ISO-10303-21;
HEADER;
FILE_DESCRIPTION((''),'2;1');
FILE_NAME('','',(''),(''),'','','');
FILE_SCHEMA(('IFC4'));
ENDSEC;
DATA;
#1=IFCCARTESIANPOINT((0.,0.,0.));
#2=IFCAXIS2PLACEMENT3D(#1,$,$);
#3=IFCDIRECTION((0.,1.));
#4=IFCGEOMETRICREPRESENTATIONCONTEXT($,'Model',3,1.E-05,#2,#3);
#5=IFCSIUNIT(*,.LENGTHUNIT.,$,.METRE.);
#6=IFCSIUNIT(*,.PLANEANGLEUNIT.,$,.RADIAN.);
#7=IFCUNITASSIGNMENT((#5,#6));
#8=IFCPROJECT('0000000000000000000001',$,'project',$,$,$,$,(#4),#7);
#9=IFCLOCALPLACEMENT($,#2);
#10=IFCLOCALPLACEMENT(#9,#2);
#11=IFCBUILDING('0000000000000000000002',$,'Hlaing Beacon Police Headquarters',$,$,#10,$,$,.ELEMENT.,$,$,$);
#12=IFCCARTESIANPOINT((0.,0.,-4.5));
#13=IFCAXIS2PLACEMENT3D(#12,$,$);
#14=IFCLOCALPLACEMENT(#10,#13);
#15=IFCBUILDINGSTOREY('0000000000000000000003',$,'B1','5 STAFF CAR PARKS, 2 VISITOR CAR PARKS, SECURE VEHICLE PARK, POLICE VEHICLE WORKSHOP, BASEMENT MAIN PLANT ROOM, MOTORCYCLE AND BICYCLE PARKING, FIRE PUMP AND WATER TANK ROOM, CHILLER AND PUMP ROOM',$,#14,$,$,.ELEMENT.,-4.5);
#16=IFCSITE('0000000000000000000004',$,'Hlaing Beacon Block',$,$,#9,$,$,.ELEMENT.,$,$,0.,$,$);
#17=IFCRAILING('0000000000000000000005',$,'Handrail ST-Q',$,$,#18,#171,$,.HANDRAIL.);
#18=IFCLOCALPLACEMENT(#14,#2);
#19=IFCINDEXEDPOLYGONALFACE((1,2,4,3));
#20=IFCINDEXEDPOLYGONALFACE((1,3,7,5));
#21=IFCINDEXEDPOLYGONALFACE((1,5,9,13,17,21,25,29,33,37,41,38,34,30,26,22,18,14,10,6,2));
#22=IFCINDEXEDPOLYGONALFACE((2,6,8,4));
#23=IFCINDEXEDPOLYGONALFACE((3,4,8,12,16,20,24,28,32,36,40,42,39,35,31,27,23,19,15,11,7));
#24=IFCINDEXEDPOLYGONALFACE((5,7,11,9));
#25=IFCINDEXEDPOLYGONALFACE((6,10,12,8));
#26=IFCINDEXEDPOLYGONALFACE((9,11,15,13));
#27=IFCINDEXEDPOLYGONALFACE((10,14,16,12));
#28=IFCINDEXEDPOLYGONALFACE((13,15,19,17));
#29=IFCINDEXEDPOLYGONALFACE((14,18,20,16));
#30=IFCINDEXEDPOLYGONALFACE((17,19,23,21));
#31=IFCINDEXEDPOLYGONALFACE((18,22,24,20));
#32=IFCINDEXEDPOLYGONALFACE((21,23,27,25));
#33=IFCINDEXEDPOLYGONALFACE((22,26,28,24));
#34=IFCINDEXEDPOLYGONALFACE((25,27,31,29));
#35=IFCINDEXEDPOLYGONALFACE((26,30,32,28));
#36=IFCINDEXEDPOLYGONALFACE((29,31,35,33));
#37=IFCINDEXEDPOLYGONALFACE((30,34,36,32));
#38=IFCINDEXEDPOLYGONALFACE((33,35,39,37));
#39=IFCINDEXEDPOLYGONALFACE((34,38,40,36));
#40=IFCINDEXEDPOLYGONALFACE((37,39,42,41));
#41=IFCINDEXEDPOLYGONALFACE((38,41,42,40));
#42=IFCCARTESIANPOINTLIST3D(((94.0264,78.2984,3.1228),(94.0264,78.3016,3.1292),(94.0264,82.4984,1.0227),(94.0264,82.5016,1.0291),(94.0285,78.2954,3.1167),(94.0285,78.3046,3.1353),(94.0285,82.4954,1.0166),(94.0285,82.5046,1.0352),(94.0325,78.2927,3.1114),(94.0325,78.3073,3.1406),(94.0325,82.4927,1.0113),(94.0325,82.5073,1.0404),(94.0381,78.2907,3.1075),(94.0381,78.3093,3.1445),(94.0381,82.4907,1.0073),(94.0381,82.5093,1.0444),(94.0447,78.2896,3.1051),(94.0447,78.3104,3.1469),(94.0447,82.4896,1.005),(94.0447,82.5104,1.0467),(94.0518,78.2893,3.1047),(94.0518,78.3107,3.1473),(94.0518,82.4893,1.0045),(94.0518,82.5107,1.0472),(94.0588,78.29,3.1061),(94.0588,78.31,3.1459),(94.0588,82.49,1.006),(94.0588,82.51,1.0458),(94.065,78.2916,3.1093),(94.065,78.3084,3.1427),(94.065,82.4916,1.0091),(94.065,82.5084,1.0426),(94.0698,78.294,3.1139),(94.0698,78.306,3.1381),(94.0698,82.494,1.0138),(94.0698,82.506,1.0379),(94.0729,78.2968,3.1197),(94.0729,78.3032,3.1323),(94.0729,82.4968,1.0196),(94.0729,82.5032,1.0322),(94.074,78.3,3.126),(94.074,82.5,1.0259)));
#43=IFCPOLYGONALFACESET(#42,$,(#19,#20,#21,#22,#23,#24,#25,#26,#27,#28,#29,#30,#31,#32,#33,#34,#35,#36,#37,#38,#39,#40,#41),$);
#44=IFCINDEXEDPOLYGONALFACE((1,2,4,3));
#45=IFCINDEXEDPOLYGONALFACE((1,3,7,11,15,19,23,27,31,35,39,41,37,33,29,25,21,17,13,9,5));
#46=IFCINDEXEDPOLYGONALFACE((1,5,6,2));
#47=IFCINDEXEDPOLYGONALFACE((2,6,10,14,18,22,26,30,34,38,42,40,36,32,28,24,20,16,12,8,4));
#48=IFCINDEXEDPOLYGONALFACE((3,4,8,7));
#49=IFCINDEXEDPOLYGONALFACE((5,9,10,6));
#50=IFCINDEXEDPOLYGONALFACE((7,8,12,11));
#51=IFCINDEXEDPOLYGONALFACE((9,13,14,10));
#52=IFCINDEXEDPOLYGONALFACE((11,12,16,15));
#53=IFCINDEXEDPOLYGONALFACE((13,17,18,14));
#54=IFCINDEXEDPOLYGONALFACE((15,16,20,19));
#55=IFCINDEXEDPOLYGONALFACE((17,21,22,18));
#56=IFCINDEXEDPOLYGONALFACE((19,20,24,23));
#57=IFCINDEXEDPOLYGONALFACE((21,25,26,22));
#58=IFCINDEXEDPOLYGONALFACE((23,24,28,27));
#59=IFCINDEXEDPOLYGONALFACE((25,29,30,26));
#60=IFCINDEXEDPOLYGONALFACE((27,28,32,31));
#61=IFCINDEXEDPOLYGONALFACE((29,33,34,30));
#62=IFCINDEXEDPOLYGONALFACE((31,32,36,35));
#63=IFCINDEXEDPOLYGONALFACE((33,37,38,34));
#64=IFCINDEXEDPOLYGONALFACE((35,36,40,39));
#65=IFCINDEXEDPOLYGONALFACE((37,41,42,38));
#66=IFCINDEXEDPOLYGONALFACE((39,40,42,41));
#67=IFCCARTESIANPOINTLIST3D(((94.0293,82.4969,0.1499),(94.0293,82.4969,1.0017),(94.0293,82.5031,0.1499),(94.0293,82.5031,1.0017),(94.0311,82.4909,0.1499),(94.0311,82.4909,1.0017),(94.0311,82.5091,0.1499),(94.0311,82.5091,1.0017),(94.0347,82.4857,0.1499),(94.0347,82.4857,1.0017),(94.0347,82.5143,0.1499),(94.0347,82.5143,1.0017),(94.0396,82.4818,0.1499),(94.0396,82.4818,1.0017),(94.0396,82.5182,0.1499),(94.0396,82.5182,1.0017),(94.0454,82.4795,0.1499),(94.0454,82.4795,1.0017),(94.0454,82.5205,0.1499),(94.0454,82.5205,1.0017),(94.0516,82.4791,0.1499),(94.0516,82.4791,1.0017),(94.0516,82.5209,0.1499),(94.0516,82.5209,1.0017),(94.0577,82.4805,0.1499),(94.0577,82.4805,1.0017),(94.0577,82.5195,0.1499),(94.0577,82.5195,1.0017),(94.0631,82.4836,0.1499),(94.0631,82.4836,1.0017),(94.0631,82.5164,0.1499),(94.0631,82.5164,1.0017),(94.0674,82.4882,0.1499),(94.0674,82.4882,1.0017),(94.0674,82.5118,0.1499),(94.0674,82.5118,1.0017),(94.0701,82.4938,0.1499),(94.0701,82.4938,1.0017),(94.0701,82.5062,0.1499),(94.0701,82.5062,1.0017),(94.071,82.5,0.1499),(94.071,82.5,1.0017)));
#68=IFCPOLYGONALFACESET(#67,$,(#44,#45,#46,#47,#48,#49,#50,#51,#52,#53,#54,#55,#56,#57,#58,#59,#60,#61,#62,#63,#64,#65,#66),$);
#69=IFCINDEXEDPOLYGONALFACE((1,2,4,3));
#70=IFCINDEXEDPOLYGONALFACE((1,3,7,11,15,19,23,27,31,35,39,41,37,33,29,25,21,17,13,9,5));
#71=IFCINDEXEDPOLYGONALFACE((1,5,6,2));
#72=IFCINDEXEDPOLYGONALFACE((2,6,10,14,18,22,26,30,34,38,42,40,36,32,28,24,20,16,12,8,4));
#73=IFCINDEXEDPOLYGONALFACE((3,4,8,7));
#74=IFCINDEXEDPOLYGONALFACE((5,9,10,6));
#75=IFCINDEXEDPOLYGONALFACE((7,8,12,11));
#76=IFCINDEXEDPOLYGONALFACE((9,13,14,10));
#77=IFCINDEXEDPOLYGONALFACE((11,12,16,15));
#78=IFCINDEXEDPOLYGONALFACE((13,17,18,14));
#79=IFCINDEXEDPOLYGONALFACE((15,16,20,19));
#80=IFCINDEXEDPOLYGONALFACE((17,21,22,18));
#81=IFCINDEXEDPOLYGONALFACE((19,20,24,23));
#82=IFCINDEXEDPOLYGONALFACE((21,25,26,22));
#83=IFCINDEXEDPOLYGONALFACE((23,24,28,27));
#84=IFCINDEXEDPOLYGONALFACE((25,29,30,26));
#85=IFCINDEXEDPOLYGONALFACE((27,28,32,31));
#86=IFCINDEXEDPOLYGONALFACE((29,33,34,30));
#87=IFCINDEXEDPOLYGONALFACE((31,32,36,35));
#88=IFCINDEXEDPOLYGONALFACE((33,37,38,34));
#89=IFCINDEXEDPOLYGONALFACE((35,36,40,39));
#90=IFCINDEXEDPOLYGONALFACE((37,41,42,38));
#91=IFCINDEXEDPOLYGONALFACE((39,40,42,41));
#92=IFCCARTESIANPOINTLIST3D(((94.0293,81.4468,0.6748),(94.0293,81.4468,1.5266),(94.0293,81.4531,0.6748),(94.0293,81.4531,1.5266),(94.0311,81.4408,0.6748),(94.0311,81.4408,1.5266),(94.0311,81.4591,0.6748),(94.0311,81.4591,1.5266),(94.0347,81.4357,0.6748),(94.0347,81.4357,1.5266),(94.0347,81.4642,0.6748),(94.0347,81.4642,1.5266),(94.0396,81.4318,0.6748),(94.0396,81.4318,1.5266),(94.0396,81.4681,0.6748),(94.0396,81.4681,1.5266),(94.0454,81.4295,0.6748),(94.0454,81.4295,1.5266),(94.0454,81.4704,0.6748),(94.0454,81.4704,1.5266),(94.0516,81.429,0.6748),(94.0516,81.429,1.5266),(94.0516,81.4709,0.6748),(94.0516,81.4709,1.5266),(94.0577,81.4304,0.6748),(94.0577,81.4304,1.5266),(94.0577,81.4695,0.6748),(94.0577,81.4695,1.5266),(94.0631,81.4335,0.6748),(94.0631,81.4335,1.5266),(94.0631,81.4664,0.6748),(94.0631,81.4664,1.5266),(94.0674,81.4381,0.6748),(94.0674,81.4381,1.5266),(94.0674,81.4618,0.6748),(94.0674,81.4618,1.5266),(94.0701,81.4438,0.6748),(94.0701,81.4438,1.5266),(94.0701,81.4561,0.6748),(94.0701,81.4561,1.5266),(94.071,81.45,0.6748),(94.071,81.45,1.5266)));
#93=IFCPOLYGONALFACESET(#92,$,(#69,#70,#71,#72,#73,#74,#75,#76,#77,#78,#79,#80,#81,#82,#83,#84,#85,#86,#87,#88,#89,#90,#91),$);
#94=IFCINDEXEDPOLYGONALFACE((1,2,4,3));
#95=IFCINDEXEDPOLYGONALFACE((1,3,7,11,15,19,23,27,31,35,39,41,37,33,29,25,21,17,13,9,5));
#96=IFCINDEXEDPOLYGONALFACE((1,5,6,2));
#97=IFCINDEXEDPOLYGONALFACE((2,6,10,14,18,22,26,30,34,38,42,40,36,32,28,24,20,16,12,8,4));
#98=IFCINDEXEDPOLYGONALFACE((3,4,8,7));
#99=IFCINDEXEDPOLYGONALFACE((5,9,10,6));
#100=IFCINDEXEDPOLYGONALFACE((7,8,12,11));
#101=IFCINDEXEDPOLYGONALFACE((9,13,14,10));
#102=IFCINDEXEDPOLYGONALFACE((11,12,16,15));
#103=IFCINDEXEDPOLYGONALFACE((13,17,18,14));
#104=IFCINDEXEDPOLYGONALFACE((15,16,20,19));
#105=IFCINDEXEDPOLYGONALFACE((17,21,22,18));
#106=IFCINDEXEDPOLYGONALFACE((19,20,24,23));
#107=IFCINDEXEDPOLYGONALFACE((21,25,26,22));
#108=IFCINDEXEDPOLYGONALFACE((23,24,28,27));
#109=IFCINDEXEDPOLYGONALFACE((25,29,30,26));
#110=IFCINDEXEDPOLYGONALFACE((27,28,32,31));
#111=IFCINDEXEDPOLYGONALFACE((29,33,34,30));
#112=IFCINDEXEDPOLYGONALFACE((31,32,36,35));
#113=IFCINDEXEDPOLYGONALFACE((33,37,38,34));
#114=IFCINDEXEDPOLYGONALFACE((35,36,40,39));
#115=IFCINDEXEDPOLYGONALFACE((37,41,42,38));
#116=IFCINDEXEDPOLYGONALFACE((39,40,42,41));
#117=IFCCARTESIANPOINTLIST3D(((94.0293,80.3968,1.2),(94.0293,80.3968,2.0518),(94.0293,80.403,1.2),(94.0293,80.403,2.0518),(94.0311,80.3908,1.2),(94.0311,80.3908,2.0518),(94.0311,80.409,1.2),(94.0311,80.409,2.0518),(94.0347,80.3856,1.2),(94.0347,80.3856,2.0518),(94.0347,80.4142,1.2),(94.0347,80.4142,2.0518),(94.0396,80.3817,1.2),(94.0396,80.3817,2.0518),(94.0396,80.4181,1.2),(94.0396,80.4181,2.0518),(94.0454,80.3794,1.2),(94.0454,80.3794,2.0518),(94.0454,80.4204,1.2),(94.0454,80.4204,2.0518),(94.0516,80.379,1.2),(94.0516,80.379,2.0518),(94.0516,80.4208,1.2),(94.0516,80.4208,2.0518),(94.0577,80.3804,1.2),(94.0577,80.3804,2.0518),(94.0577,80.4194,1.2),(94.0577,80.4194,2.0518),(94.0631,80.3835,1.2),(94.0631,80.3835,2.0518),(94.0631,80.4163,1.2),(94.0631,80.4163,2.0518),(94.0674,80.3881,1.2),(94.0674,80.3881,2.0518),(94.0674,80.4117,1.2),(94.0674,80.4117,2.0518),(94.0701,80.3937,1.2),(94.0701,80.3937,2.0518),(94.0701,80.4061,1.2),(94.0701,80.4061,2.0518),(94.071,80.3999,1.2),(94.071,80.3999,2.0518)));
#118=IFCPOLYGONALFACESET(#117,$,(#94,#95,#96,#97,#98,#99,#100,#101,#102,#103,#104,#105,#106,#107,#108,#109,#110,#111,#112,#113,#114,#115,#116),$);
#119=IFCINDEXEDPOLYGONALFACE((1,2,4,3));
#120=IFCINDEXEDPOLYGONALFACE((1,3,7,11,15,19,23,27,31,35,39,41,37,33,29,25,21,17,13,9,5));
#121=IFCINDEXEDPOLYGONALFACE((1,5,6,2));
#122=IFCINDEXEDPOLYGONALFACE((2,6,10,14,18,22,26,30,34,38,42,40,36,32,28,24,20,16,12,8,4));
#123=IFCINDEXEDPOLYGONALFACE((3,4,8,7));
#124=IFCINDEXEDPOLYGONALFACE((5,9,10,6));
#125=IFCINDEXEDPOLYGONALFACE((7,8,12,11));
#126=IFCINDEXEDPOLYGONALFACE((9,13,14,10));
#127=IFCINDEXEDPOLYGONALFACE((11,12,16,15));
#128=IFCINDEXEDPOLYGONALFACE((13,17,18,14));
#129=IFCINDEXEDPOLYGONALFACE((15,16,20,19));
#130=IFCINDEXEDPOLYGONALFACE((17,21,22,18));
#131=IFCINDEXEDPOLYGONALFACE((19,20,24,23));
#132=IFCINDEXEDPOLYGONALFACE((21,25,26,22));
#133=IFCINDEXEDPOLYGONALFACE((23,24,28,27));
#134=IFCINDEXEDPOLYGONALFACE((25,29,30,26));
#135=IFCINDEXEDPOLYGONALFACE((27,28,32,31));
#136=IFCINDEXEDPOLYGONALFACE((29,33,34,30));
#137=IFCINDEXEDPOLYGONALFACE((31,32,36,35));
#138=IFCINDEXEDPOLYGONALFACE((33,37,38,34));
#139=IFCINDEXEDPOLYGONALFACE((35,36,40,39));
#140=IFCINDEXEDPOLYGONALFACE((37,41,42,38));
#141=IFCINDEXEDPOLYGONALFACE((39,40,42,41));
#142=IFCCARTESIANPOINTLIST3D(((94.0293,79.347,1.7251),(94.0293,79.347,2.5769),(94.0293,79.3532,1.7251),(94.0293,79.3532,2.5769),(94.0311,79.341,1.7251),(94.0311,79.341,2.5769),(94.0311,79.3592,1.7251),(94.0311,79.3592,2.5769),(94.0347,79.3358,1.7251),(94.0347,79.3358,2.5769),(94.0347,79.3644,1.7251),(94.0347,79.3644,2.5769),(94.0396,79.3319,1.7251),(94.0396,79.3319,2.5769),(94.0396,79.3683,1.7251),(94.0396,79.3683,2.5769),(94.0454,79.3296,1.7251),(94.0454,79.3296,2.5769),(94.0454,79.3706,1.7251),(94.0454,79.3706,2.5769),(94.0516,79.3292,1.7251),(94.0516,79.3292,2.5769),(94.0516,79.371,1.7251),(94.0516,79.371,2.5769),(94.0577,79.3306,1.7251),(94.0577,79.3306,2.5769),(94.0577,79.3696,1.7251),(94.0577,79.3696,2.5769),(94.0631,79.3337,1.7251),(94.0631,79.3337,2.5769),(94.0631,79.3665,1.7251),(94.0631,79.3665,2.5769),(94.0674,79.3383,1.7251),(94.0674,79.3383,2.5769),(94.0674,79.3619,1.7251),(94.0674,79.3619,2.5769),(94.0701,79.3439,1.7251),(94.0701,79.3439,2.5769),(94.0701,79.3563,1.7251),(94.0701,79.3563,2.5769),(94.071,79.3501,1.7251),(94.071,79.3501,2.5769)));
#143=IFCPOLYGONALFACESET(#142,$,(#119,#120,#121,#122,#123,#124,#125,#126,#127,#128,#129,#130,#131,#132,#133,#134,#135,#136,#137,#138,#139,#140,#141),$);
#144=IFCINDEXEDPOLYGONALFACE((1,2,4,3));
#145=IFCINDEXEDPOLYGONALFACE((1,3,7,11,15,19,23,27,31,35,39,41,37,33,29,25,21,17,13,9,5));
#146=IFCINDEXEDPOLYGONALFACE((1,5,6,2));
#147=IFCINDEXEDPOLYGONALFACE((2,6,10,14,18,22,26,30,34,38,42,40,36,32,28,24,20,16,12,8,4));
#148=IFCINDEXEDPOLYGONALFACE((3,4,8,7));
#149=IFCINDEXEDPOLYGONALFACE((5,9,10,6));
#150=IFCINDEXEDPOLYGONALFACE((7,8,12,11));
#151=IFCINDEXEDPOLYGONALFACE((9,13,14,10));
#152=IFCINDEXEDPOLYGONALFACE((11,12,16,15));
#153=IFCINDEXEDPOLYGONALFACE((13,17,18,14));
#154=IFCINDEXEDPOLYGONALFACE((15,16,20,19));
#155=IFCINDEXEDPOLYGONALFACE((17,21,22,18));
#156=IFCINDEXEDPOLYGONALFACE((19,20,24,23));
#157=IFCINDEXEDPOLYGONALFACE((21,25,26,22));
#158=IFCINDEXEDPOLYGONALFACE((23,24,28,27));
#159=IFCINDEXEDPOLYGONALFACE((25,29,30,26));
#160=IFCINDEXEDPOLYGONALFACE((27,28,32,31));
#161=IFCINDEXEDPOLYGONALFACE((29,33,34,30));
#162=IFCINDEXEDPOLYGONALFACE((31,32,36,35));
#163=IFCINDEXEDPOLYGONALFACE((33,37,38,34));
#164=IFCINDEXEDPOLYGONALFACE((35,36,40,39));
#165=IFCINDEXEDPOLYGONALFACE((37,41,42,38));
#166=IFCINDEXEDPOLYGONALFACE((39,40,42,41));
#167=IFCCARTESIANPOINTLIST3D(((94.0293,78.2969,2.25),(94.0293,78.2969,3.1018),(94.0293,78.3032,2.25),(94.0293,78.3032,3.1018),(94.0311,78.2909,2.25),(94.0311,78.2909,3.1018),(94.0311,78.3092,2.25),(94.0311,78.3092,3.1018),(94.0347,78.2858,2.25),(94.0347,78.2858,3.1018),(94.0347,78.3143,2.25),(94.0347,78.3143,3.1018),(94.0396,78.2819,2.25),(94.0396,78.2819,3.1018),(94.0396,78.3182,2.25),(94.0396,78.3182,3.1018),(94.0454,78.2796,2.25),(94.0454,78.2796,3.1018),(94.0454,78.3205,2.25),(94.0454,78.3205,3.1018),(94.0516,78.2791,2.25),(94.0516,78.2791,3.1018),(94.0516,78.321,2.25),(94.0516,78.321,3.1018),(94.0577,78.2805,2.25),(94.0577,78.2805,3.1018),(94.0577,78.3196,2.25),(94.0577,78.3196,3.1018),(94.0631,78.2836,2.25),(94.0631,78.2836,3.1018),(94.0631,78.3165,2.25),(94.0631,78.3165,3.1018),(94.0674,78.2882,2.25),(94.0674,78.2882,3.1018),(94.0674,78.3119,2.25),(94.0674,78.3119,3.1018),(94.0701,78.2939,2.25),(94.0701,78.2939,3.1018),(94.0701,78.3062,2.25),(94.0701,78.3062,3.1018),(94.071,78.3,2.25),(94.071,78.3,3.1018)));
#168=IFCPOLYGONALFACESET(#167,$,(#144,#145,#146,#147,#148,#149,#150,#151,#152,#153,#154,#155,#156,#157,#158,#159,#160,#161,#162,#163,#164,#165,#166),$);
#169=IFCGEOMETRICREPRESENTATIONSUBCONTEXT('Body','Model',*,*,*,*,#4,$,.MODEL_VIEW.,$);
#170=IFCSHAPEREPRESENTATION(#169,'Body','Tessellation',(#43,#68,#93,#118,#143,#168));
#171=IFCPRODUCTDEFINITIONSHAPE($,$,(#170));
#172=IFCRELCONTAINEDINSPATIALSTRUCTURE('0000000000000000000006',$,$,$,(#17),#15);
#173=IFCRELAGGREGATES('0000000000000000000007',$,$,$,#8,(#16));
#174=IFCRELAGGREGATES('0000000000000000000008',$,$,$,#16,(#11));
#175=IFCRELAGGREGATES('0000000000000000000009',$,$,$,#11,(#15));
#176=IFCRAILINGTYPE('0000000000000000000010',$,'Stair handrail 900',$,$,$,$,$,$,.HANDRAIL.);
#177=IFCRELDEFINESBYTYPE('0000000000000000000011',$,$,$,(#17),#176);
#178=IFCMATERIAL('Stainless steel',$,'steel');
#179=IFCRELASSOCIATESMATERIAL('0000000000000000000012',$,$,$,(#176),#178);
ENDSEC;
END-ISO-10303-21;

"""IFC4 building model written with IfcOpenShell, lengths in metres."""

from ifc_helpers import new_model, si_unit, direction, frame, origin, origin_2d, place, context, subcontext, project, spatial, circle, extrude, material, type_object, element, save


model = new_model("IFC4")

# Units and contexts
model_context = context("Model", 3, precision=1e-05, world=origin(), true_north=direction((0.0, 1.0)))
body_context = subcontext(model_context, "Body", "Model", "MODEL_VIEW")
ifc_project = project(units=[si_unit("LENGTHUNIT", "METRE"), si_unit("PLANEANGLEUNIT", "RADIAN")], contexts=[model_context])

# Site, building, storey
site_placement = place(None, origin())
site = spatial("IfcSite", under=ifc_project, at=site_placement, Name="Hlaing Beacon Block", CompositionType="ELEMENT", RefElevation=0.0)
building_placement = place(site_placement, origin())
building = spatial("IfcBuilding", under=site, at=building_placement, Name="Hlaing Beacon Police Headquarters", CompositionType="ELEMENT")
storey_placement = place(building_placement, frame((0.0, 0.0, -4.5)))
storey = spatial("IfcBuildingStorey", under=building, at=storey_placement, Name="B1", Description="5 STAFF CAR PARKS, 2 VISITOR CAR PARKS, SECURE VEHICLE PARK, POLICE VEHICLE WORKSHOP, BASEMENT MAIN PLANT ROOM, MOTORCYCLE AND BICYCLE PARKING, FIRE PUMP AND WATER TANK ROOM, CHILLER AND PUMP ROOM", CompositionType="ELEMENT", Elevation=-4.5)

# Railing
ifc_material_1 = material(Name="Stainless steel", Category="steel")
railing_type = type_object("IfcRailingType", Name="Stair handrail 900", PredefinedType="HANDRAIL", material=ifc_material_1)
for number, where, name in (
    (1, (94.05, 82.5, 0.1499), "Handrail ST-Q"),
):
    element("IfcRailing", number, at=place(storey_placement, frame(where)), inside=storey, type_object=railing_type, Name=name, PredefinedType="HANDRAIL", context=body_context, shape_type="SweptSolid", body=[
        extrude(circle(Radius=0.0239, at=origin_2d()), frame((0.0, 0.0, 0.876), z_axis=(0.0, -0.894417, 0.447234), x_axis=(1.0, 0.0, 0.0)), (0.0, 0.0, 1.0), 4.6958),
        extrude(circle(Radius=0.021, at=origin_2d()), origin(), (0.0, 0.0, 1.0), 0.8518),
        extrude(circle(Radius=0.021, at=origin_2d()), frame((0.0, -1.05, 0.5249)), (0.0, 0.0, 1.0), 0.8518),
        extrude(circle(Radius=0.021, at=origin_2d()), frame((0.0, -2.1001, 1.05)), (0.0, 0.0, 1.0), 0.8518),
        extrude(circle(Radius=0.021, at=origin_2d()), frame((0.0, -3.1499, 1.5752)), (0.0, 0.0, 1.0), 0.8518),
        extrude(circle(Radius=0.021, at=origin_2d()), frame((0.0, -4.2, 2.1001)), (0.0, 0.0, 1.0), 0.8518),
    ])

save(model, "model.ifc")
